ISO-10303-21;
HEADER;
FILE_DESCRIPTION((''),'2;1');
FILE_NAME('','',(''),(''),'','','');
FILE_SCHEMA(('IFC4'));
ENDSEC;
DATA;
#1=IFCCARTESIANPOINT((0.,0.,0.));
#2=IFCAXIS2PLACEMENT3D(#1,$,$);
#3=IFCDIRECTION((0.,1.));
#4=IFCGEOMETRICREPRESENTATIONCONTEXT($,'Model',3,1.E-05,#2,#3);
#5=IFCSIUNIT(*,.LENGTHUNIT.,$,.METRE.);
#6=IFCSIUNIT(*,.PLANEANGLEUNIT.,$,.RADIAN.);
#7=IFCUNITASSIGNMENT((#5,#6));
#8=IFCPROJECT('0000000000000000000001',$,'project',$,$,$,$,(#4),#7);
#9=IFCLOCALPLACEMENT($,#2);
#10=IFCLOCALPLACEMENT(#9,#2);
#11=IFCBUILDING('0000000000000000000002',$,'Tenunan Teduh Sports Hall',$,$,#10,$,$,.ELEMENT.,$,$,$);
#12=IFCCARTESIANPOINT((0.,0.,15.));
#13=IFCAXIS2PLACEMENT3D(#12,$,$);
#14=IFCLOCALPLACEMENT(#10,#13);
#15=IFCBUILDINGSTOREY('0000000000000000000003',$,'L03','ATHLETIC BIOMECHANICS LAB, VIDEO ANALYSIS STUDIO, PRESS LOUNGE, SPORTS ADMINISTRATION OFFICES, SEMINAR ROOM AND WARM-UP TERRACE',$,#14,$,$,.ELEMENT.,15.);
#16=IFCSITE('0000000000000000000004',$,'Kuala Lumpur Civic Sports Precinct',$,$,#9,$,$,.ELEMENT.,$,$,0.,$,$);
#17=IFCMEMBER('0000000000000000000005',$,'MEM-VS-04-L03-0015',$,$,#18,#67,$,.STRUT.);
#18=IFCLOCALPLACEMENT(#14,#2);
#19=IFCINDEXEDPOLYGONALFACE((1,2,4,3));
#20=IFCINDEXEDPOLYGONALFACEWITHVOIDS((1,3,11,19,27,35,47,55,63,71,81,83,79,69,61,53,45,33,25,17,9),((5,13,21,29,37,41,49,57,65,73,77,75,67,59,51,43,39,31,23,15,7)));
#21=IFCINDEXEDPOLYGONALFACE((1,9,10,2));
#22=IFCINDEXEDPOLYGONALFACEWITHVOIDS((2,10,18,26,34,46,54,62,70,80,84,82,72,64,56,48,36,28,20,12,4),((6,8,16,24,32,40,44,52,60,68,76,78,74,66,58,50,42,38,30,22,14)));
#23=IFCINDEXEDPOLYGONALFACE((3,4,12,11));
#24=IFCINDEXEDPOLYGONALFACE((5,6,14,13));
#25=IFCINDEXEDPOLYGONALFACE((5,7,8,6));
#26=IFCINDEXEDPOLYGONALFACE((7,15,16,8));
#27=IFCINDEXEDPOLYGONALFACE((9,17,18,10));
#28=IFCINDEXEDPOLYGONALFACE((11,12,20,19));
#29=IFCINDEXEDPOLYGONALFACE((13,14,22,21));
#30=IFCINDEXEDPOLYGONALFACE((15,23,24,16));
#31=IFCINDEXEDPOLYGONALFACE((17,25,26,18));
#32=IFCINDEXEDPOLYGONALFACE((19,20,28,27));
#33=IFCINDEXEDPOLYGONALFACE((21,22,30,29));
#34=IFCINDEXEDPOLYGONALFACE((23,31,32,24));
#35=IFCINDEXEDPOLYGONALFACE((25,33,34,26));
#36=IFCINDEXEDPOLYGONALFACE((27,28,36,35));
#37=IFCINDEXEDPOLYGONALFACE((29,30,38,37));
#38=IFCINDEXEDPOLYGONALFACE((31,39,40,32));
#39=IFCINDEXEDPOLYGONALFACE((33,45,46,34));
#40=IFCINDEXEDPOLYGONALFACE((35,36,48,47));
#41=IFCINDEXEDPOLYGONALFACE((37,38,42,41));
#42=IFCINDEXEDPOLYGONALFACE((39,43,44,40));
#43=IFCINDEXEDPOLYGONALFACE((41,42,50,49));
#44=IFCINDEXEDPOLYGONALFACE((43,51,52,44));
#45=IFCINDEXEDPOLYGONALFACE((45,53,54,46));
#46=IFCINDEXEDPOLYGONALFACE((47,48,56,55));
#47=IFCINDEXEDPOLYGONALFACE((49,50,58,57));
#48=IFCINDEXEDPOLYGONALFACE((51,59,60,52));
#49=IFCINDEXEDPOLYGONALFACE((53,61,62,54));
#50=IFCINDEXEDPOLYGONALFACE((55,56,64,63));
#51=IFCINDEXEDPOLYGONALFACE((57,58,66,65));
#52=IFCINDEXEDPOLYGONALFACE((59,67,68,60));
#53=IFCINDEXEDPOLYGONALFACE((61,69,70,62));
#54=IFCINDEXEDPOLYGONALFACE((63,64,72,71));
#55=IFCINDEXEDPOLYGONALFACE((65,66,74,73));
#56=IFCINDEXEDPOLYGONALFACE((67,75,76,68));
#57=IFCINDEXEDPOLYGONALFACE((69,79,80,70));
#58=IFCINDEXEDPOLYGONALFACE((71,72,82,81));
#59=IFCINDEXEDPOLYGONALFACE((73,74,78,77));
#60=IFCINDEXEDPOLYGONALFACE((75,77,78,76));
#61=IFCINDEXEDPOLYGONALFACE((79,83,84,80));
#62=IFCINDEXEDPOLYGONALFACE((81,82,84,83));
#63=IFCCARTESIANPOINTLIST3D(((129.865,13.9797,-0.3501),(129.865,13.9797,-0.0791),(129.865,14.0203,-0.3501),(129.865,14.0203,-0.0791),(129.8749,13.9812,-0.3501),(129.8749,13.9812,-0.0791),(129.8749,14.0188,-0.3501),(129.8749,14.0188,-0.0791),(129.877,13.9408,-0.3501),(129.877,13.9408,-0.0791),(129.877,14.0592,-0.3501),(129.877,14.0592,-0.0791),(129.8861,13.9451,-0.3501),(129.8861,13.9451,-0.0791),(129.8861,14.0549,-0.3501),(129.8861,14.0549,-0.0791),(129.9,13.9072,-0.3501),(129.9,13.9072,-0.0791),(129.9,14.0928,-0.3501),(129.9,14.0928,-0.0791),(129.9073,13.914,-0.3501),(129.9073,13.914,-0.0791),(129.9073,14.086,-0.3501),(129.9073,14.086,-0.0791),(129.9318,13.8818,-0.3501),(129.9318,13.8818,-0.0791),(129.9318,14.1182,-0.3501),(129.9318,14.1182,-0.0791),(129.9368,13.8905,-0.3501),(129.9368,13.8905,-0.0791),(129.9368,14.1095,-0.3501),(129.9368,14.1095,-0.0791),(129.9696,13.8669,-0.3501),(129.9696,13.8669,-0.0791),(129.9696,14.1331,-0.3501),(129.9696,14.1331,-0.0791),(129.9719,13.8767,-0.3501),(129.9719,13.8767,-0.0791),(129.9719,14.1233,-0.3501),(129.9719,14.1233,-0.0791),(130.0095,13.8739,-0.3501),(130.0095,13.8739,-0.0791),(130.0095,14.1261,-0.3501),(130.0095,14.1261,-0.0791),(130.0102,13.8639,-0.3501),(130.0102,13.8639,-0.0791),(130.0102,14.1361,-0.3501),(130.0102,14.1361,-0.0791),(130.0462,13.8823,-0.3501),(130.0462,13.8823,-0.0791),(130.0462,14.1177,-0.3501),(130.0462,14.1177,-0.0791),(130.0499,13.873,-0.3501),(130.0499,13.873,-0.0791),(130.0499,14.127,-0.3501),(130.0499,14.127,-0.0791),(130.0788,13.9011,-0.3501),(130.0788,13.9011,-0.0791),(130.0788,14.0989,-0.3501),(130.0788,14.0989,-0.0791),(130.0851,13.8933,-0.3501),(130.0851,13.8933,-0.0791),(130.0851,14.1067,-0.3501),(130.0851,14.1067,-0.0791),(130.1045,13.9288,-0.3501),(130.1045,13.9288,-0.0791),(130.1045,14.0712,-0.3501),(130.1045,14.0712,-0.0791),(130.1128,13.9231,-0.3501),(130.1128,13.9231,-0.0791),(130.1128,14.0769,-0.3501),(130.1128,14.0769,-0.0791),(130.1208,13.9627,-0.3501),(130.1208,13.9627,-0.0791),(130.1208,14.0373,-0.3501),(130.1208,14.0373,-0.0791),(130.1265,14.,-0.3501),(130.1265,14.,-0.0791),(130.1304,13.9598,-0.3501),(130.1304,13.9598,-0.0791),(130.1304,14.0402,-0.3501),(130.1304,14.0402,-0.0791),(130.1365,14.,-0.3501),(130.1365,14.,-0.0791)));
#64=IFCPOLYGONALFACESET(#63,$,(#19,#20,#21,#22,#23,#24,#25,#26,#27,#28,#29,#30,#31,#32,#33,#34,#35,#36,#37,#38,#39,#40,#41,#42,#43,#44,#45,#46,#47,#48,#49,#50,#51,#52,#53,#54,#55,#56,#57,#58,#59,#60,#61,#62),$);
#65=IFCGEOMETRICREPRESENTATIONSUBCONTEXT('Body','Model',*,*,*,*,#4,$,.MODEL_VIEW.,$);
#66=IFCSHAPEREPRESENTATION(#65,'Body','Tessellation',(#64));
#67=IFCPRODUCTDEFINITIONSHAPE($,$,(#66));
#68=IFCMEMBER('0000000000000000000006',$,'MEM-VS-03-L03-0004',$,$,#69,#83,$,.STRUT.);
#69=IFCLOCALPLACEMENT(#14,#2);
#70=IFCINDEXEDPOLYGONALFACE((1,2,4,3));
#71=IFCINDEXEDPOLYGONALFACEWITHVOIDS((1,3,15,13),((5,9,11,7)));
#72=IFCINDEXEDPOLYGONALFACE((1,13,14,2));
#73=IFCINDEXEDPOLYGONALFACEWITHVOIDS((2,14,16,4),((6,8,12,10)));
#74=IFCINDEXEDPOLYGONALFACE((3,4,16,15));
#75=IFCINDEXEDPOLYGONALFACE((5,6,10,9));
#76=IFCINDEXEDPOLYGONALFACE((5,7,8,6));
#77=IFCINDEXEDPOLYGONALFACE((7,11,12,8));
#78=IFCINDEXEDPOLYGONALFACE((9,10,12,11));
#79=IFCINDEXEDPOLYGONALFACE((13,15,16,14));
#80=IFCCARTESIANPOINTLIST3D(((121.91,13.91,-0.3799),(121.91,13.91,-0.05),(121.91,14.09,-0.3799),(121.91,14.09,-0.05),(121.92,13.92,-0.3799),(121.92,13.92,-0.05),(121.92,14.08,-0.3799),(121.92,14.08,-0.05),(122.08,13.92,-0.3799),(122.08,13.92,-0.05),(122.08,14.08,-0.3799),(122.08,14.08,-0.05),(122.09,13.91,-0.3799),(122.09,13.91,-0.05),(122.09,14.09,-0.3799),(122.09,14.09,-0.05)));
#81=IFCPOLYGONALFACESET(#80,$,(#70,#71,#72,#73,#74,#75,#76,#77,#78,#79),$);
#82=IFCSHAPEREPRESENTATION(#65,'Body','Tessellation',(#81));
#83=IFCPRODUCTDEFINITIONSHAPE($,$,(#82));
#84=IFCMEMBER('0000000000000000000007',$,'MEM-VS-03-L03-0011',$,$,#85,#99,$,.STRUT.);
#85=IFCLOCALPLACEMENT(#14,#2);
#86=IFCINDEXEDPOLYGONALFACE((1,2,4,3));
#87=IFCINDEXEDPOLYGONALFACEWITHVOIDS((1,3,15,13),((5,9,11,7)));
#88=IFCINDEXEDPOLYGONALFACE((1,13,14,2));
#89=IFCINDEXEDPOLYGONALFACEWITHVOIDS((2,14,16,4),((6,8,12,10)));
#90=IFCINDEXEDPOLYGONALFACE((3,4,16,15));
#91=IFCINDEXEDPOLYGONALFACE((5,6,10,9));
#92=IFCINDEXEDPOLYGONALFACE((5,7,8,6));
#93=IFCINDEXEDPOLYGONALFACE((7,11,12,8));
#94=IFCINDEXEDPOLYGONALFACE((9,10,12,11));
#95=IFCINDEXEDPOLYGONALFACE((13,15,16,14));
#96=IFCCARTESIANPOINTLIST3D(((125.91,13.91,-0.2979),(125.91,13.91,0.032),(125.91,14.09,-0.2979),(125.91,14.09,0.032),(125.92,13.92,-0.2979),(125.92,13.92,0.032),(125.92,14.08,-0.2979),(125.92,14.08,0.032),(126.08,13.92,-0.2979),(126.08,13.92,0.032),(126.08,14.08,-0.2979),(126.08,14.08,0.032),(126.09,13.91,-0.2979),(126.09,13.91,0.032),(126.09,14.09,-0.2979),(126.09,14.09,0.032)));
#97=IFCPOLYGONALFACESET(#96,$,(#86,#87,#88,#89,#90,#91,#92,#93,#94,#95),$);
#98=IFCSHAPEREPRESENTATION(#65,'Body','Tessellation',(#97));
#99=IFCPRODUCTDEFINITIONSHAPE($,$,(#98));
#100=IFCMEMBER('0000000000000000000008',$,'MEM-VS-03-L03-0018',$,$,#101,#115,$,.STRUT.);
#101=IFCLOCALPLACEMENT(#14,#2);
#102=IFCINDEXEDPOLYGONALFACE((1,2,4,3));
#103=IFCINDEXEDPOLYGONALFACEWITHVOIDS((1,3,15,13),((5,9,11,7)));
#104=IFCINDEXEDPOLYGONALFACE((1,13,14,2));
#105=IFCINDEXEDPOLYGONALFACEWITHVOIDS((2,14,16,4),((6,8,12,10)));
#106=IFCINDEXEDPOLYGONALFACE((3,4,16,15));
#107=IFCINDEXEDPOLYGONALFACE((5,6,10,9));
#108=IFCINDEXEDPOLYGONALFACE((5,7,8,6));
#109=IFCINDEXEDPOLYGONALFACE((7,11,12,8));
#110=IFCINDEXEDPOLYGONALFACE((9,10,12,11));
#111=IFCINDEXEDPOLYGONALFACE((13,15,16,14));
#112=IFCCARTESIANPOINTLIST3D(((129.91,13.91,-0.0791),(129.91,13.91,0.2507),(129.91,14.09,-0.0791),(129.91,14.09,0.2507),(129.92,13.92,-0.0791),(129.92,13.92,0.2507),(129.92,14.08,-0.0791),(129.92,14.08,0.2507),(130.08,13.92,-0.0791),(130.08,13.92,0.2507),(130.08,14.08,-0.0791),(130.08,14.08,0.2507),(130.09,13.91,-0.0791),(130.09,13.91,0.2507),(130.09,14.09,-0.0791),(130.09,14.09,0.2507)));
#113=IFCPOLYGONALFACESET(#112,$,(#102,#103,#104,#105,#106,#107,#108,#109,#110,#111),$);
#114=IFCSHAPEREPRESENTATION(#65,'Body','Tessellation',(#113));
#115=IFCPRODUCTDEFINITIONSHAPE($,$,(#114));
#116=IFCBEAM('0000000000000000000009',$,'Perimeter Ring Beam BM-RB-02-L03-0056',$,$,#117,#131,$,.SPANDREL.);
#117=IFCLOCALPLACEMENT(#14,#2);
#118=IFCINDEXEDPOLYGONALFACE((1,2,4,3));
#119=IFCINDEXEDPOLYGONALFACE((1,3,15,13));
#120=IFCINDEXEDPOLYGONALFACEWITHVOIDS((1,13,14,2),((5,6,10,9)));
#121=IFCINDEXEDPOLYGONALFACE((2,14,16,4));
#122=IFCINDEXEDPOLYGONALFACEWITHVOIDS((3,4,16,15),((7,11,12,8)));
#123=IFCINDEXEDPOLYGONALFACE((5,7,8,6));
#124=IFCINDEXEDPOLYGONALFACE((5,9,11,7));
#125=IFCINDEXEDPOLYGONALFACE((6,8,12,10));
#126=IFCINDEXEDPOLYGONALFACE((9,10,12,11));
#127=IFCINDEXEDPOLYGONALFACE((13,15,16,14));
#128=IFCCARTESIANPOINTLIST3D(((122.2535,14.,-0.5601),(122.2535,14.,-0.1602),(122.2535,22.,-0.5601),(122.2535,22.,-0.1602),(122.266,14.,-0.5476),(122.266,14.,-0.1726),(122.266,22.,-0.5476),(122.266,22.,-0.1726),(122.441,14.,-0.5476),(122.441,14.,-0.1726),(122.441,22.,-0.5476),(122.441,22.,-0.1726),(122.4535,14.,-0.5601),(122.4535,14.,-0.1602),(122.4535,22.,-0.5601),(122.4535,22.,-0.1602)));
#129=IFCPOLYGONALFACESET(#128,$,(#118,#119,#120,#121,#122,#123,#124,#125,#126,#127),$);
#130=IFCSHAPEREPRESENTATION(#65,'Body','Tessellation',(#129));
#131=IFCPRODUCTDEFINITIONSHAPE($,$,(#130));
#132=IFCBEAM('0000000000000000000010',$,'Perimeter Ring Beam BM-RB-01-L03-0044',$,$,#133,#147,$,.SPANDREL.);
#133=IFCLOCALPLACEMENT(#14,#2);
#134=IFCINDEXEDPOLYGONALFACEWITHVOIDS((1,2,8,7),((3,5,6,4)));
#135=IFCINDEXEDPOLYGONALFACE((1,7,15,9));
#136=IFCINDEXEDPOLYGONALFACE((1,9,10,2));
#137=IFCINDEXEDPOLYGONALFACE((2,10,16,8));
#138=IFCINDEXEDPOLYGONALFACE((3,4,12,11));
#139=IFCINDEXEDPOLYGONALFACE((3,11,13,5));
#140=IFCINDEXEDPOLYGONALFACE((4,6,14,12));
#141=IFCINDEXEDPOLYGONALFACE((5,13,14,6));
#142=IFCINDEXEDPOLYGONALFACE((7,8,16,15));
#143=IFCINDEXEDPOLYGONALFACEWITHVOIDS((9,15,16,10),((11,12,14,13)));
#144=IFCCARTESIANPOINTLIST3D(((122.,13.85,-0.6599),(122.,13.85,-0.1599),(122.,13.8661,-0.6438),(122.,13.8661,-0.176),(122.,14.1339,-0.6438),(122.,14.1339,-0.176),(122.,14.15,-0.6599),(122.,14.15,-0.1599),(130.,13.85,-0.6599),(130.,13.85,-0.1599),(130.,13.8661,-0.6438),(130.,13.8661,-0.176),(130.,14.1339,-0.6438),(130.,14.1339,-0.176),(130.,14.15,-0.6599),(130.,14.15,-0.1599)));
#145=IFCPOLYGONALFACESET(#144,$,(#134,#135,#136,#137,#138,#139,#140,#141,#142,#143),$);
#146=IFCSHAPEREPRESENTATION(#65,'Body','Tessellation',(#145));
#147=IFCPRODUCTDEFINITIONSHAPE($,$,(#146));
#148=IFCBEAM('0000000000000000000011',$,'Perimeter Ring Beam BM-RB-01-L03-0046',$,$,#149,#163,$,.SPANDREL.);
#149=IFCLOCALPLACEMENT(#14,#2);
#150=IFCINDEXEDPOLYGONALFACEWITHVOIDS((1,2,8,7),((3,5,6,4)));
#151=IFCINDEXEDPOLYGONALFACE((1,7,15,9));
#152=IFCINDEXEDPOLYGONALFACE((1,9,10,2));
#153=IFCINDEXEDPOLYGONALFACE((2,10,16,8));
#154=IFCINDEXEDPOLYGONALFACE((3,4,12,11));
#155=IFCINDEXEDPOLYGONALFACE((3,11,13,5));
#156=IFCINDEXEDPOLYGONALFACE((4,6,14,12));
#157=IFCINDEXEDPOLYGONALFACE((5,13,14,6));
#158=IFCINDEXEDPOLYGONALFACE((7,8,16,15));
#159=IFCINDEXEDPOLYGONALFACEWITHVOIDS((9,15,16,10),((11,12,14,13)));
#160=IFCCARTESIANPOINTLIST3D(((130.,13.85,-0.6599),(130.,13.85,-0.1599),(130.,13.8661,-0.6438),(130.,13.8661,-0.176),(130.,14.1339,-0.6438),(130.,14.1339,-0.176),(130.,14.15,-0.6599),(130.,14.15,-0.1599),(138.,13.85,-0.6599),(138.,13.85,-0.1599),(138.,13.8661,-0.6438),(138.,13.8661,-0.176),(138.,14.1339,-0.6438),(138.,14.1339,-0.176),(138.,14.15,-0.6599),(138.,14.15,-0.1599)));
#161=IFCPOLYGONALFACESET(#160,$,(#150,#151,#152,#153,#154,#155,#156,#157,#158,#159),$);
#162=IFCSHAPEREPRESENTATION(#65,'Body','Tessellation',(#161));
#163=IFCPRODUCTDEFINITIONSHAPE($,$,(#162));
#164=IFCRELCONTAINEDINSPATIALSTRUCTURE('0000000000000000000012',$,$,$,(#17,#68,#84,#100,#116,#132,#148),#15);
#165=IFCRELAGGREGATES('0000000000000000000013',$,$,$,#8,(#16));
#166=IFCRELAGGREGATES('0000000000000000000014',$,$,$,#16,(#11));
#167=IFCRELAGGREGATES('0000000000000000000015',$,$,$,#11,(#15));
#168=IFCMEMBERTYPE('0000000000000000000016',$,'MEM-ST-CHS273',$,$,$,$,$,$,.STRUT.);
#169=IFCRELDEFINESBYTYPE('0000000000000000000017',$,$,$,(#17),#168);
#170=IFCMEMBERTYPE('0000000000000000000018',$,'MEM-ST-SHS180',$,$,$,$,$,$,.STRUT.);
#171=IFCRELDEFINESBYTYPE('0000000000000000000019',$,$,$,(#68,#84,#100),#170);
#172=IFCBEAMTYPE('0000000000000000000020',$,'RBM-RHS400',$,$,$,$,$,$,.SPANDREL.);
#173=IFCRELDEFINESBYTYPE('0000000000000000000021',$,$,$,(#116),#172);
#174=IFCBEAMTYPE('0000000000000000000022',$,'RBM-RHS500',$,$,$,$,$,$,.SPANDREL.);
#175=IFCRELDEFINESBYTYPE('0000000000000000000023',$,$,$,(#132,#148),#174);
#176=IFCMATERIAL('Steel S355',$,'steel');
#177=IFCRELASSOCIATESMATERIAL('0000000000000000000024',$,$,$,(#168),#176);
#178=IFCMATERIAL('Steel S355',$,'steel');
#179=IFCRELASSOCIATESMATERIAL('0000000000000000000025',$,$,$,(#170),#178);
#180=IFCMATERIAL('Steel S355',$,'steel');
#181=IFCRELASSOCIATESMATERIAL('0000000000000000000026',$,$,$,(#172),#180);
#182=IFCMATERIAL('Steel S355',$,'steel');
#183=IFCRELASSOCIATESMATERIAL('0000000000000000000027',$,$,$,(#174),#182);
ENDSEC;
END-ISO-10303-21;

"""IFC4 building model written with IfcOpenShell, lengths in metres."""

from ifc_helpers import new_model, si_unit, direction, frame, origin, origin_2d, place, context, subcontext, project, spatial, hollow_rectangle, hollow_circle, extrude, material, material_profile, profile_set, type_object, element, save


model = new_model("IFC4")

# Units and contexts
model_context = context("Model", 3, precision=1e-05, world=origin(), true_north=direction((0.0, 1.0)))
body_context = subcontext(model_context, "Body", "Model", "MODEL_VIEW")
ifc_project = project(units=[si_unit("LENGTHUNIT", "METRE"), si_unit("PLANEANGLEUNIT", "RADIAN")], contexts=[model_context])

# Site, building, storey
site_placement = place(None, origin())
site = spatial("IfcSite", under=ifc_project, at=site_placement, Name="Kuala Lumpur Civic Sports Precinct", CompositionType="ELEMENT", RefElevation=0.0)
building_placement = place(site_placement, origin())
building = spatial("IfcBuilding", under=site, at=building_placement, Name="Tenunan Teduh Sports Hall", CompositionType="ELEMENT")
storey_placement = place(building_placement, frame((0.0, 0.0, 15.0)))
storey = spatial("IfcBuildingStorey", under=building, at=storey_placement, Name="L03", Description="ATHLETIC BIOMECHANICS LAB, VIDEO ANALYSIS STUDIO, PRESS LOUNGE, SPORTS ADMINISTRATION OFFICES, SEMINAR ROOM AND WARM-UP TERRACE", CompositionType="ELEMENT", Elevation=15.0)

# Members
ifc_material_1 = material(Name="Steel S355", Category="steel")
ifc_material_profile_1 = material_profile(ifc_material_1, hollow_circle(Radius=0.1365, WallThickness=0.01, at=origin_2d()), Name="CHS 273.0x10.0")
ifc_profile_set_1 = profile_set([ifc_material_profile_1], Name="Steel S355")
member_type_1 = type_object("IfcMemberType", Name="MEM-ST-CHS273", PredefinedType="STRUT", material=ifc_profile_set_1)
member_1_placement = place(storey_placement, frame((130.0, 14.0, -0.3501), z_axis=(0.0, 0.0, 1.0), x_axis=(1.0, 0.0, 0.0)))
element("IfcMember", 1, at=member_1_placement, inside=storey, type_object=member_type_1, Name="MEM-VS-04-L03-0015", PredefinedType="STRUT", context=body_context, shape_type="SweptSolid", body=[
    extrude(hollow_circle(Radius=0.1365, WallThickness=0.01, at=origin_2d()), origin(), (0.0, 0.0, 1.0), 0.271),
])
ifc_material_2 = material(Name="Steel S355", Category="steel")
ifc_material_profile_2 = material_profile(ifc_material_2, hollow_rectangle(XDim=0.1799, YDim=0.1799, WallThickness=0.01, at=origin_2d()), Name="SHS 180x180x10.0")
ifc_profile_set_2 = profile_set([ifc_material_profile_2], Name="Steel S355")
member_type_2 = type_object("IfcMemberType", Name="MEM-ST-SHS180", PredefinedType="STRUT", material=ifc_profile_set_2)
for number, where, z_axis, x_axis, name in (
    (2, (122.0, 14.0, -0.3799), (0.0, 0.0, 1.0), (1.0, 0.0, 0.0), "MEM-VS-03-L03-0004"),
    (3, (126.0, 14.0, -0.2979), (0.0, 0.0, 1.0), (1.0, 0.0, 0.0), "MEM-VS-03-L03-0011"),
    (4, (130.0, 14.0, -0.0791), (0.0, 0.0, 1.0), (1.0, 0.0, 0.0), "MEM-VS-03-L03-0018"),
):
    element("IfcMember", number, at=place(storey_placement, frame(where, z_axis=z_axis, x_axis=x_axis)), inside=storey, type_object=member_type_2, Name=name, PredefinedType="STRUT", context=body_context, shape_type="SweptSolid", body=[
        extrude(hollow_rectangle(XDim=0.1799, YDim=0.1799, WallThickness=0.01, at=origin_2d()), origin(), (0.0, 0.0, 1.0), 0.3298),
    ])

# Beams
ifc_material_3 = material(Name="Steel S355", Category="steel")
ifc_material_profile_3 = material_profile(ifc_material_3, hollow_rectangle(XDim=0.2, YDim=0.3999, WallThickness=0.0125, at=origin_2d()), Name="RHS 400x200x12.5")
ifc_profile_set_3 = profile_set([ifc_material_profile_3], Name="Steel S355")
beam_type_1 = type_object("IfcBeamType", Name="RBM-RHS400", PredefinedType="SPANDREL", material=ifc_profile_set_3)
beam_1_placement = place(storey_placement, frame((122.3535, 14.0, -0.3601), z_axis=(0.0, 1.0, 0.0), x_axis=(-1.0, 0.0, 0.0)))
element("IfcBeam", 5, at=beam_1_placement, inside=storey, type_object=beam_type_1, Name="Perimeter Ring Beam BM-RB-02-L03-0056", PredefinedType="SPANDREL", context=body_context, shape_type="SweptSolid", body=[
    extrude(hollow_rectangle(XDim=0.2, YDim=0.3999, WallThickness=0.0125, at=origin_2d()), origin(), (0.0, 0.0, 1.0), 8.0),
])
ifc_material_4 = material(Name="Steel S355", Category="steel")
ifc_material_profile_4 = material_profile(ifc_material_4, hollow_rectangle(XDim=0.3, YDim=0.5, WallThickness=0.0161, at=origin_2d()), Name="RHS 500x300x16.0")
ifc_profile_set_4 = profile_set([ifc_material_profile_4], Name="Steel S355")
beam_type_2 = type_object("IfcBeamType", Name="RBM-RHS500", PredefinedType="SPANDREL", material=ifc_profile_set_4)
for number, where, z_axis, x_axis, name in (
    (6, (122.0, 14.0, -0.4099), (1.0, 0.0, 0.0), (0.0, 1.0, 0.0), "Perimeter Ring Beam BM-RB-01-L03-0044"),
    (7, (130.0, 14.0, -0.4099), (1.0, 0.0, 0.0), (0.0, 1.0, 0.0), "Perimeter Ring Beam BM-RB-01-L03-0046"),
):
    element("IfcBeam", number, at=place(storey_placement, frame(where, z_axis=z_axis, x_axis=x_axis)), inside=storey, type_object=beam_type_2, Name=name, PredefinedType="SPANDREL", context=body_context, shape_type="SweptSolid", body=[
        extrude(hollow_rectangle(XDim=0.3, YDim=0.5, WallThickness=0.0161, at=origin_2d()), origin(), (0.0, 0.0, 1.0), 8.0),
    ])

save(model, "model.ifc")
